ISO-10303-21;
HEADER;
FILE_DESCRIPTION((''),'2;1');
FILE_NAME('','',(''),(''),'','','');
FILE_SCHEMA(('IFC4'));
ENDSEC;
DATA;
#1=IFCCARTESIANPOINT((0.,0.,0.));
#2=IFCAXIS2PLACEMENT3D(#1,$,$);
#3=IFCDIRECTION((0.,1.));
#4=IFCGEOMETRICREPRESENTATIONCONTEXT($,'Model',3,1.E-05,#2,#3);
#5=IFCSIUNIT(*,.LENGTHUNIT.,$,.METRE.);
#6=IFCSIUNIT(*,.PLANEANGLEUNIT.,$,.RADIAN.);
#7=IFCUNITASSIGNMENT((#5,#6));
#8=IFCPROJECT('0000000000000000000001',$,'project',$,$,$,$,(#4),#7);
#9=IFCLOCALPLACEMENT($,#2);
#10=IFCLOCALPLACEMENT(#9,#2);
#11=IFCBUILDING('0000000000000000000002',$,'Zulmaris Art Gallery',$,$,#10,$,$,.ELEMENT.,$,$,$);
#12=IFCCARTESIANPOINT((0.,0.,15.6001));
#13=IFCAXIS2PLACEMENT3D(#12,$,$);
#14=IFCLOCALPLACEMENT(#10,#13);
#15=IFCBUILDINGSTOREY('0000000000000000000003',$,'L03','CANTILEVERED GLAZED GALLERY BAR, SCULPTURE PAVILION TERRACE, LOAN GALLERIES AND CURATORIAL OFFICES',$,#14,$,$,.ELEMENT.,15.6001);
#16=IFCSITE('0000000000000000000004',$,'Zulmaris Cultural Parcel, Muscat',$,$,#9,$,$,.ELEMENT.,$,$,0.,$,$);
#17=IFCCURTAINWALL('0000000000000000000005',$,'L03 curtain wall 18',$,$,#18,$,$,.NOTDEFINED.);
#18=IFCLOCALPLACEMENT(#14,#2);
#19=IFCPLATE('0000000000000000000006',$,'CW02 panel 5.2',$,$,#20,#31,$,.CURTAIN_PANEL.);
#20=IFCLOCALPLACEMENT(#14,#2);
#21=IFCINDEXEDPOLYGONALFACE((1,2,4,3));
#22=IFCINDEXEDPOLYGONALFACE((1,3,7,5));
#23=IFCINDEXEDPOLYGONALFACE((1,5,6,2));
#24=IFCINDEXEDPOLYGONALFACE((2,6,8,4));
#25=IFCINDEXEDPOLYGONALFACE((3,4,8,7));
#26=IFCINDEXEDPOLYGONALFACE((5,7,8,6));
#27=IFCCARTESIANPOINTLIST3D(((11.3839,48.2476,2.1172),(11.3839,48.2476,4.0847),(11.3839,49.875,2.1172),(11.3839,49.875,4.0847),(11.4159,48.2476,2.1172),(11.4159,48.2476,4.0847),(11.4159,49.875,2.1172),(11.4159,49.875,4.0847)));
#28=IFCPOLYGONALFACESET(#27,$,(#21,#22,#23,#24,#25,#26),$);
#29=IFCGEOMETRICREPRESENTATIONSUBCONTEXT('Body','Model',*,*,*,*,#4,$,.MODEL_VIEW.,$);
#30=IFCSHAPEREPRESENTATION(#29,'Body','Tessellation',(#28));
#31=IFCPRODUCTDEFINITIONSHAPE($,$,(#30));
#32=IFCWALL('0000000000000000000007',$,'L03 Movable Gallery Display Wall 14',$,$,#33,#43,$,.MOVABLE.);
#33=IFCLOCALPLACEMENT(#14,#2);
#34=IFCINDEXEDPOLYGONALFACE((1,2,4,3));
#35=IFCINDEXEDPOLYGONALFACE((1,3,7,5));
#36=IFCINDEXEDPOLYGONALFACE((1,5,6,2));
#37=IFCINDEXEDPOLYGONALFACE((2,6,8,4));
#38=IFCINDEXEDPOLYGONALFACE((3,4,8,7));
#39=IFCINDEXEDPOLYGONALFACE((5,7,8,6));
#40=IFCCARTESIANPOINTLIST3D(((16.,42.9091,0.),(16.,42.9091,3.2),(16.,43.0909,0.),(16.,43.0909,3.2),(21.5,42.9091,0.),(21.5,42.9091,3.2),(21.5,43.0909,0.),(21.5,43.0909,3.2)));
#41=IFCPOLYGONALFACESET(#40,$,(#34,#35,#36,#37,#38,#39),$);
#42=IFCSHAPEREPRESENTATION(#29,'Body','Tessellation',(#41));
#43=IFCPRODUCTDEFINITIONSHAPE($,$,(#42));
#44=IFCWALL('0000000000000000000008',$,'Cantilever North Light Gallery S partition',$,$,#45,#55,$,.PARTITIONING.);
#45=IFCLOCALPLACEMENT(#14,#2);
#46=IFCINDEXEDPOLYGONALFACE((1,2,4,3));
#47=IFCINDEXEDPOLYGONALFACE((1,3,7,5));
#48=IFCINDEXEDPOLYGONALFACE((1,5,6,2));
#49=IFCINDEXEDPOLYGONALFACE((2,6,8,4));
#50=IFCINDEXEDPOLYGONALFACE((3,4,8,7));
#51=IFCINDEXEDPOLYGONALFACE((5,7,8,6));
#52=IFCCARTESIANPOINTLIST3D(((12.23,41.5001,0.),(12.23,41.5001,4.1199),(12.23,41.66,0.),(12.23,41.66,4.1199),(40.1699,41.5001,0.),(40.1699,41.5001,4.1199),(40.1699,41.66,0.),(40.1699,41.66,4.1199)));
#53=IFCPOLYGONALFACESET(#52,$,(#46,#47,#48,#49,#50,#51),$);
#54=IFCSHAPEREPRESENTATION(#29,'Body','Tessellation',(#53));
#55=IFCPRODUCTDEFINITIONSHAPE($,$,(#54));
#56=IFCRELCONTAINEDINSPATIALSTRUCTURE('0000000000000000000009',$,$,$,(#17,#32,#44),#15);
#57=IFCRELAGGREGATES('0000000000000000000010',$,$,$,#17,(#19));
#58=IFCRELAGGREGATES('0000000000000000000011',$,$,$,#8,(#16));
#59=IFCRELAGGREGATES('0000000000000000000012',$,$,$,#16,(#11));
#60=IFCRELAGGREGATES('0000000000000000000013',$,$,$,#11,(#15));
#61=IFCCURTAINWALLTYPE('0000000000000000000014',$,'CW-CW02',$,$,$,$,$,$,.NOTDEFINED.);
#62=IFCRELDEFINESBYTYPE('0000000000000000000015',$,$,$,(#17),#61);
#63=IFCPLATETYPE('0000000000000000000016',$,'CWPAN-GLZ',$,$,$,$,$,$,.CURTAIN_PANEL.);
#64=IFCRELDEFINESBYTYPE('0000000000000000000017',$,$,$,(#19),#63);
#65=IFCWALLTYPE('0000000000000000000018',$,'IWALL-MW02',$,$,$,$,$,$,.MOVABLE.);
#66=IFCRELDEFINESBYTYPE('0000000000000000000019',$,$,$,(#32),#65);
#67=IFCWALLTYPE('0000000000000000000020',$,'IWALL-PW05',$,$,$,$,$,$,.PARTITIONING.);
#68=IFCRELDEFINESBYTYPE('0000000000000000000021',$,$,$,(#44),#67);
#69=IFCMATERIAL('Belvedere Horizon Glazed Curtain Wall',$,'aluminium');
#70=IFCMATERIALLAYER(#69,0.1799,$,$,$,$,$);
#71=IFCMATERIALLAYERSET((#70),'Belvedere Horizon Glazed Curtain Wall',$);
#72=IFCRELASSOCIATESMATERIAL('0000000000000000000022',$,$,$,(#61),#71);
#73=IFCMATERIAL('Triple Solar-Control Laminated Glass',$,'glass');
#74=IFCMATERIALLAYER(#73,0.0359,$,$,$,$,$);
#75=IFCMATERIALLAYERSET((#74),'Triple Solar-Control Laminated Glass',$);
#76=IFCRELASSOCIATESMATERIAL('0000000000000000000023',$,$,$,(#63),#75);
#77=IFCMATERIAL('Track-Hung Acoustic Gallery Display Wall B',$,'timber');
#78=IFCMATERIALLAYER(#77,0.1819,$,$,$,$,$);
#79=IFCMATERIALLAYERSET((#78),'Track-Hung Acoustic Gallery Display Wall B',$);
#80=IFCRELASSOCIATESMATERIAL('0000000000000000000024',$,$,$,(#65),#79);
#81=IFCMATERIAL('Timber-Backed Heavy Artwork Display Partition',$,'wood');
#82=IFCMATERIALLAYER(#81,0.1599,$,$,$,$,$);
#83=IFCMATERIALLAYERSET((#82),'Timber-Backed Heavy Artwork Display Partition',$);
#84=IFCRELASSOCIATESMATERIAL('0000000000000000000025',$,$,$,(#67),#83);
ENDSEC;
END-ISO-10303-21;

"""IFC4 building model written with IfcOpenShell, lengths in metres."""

from ifc_helpers import new_model, si_unit, direction, frame, frame_2d, origin, origin_2d, place, context, subcontext, project, spatial, rectangle, extrude, material, layer, layer_set, type_object, element, aggregate, save


model = new_model("IFC4")

# Units and contexts
model_context = context("Model", 3, precision=1e-05, world=origin(), true_north=direction((0.0, 1.0)))
body_context = subcontext(model_context, "Body", "Model", "MODEL_VIEW")
ifc_project = project(units=[si_unit("LENGTHUNIT", "METRE"), si_unit("PLANEANGLEUNIT", "RADIAN")], contexts=[model_context])

# Site, building, storey
site_placement = place(None, origin())
site = spatial("IfcSite", under=ifc_project, at=site_placement, Name="Zulmaris Cultural Parcel, Muscat", CompositionType="ELEMENT", RefElevation=0.0)
building_placement = place(site_placement, origin())
building = spatial("IfcBuilding", under=site, at=building_placement, Name="Zulmaris Art Gallery", CompositionType="ELEMENT")
storey_placement = place(building_placement, frame((0.0, 0.0, 15.6001)))
storey = spatial("IfcBuildingStorey", under=building, at=storey_placement, Name="L03", Description="CANTILEVERED GLAZED GALLERY BAR, SCULPTURE PAVILION TERRACE, LOAN GALLERIES AND CURATORIAL OFFICES", CompositionType="ELEMENT", Elevation=15.6001)

# Curtain wall, plate
ifc_material_1 = material(Name="Belvedere Horizon Glazed Curtain Wall", Category="aluminium")
ifc_layer_1 = layer(ifc_material_1, 0.1799)
ifc_layer_set_1 = layer_set([ifc_layer_1], Name="Belvedere Horizon Glazed Curtain Wall")
curtain_wall_type = type_object("IfcCurtainWallType", Name="CW-CW02", PredefinedType="NOTDEFINED", material=ifc_layer_set_1)
curtain_wall_placement = place(storey_placement, origin())
curtain_wall = element("IfcCurtainWall", 1, at=curtain_wall_placement, inside=storey, type_object=curtain_wall_type, Name="L03 curtain wall 18", PredefinedType="NOTDEFINED")
ifc_material_2 = material(Name="Triple Solar-Control Laminated Glass", Category="glass")
ifc_layer_2 = layer(ifc_material_2, 0.0359)
ifc_layer_set_2 = layer_set([ifc_layer_2], Name="Triple Solar-Control Laminated Glass")
plate_type = type_object("IfcPlateType", Name="CWPAN-GLZ", PredefinedType="CURTAIN_PANEL", material=ifc_layer_set_2)
plate_1_placement = place(storey_placement, frame((11.3999, 49.0613, 2.1172), z_axis=(0.0, 0.0, 1.0), x_axis=(0.0, 1.0, 0.0)))
plate_1 = element("IfcPlate", 2, at=plate_1_placement, type_object=plate_type, Name="CW02 panel 5.2", PredefinedType="CURTAIN_PANEL", context=body_context, shape_type="SweptSolid", body=[
    extrude(rectangle(XDim=1.6274, YDim=0.032, at=origin_2d()), origin(), (0.0, 0.0, 1.0), 1.9675),
])
aggregate(curtain_wall, [plate_1])

# Walls
ifc_material_3 = material(Name="Track-Hung Acoustic Gallery Display Wall B", Category="timber")
ifc_layer_3 = layer(ifc_material_3, 0.1819)
ifc_layer_set_3 = layer_set([ifc_layer_3], Name="Track-Hung Acoustic Gallery Display Wall B")
wall_type_1 = type_object("IfcWallType", Name="IWALL-MW02", PredefinedType="MOVABLE", material=ifc_layer_set_3)
wall_1_placement = place(storey_placement, frame((16.0, 43.0, 0.0), z_axis=(0.0, 0.0, 1.0), x_axis=(1.0, 0.0, 0.0)))
element("IfcWall", 3, at=wall_1_placement, inside=storey, type_object=wall_type_1, Name="L03 Movable Gallery Display Wall 14", PredefinedType="MOVABLE", context=body_context, shape_type="SweptSolid", body=[
    extrude(rectangle(XDim=5.5, YDim=0.1819, at=frame_2d((2.75, 0.0))), origin(), (0.0, 0.0, 1.0), 3.2),
])
ifc_material_4 = material(Name="Timber-Backed Heavy Artwork Display Partition", Category="wood")
ifc_layer_4 = layer(ifc_material_4, 0.1599)
ifc_layer_set_4 = layer_set([ifc_layer_4], Name="Timber-Backed Heavy Artwork Display Partition")
wall_type_2 = type_object("IfcWallType", Name="IWALL-PW05", PredefinedType="PARTITIONING", material=ifc_layer_set_4)
wall_2_placement = place(storey_placement, frame((12.23, 41.5801, 0.0), z_axis=(0.0, 0.0, 1.0), x_axis=(1.0, 0.0, 0.0)))
element("IfcWall", 4, at=wall_2_placement, inside=storey, type_object=wall_type_2, Name="Cantilever North Light Gallery S partition", PredefinedType="PARTITIONING", context=body_context, shape_type="SweptSolid", body=[
    extrude(rectangle(XDim=27.9399, YDim=0.1599, at=frame_2d((13.97, 0.0))), origin(), (0.0, 0.0, 1.0), 4.1199),
])

save(model, "model.ifc")
